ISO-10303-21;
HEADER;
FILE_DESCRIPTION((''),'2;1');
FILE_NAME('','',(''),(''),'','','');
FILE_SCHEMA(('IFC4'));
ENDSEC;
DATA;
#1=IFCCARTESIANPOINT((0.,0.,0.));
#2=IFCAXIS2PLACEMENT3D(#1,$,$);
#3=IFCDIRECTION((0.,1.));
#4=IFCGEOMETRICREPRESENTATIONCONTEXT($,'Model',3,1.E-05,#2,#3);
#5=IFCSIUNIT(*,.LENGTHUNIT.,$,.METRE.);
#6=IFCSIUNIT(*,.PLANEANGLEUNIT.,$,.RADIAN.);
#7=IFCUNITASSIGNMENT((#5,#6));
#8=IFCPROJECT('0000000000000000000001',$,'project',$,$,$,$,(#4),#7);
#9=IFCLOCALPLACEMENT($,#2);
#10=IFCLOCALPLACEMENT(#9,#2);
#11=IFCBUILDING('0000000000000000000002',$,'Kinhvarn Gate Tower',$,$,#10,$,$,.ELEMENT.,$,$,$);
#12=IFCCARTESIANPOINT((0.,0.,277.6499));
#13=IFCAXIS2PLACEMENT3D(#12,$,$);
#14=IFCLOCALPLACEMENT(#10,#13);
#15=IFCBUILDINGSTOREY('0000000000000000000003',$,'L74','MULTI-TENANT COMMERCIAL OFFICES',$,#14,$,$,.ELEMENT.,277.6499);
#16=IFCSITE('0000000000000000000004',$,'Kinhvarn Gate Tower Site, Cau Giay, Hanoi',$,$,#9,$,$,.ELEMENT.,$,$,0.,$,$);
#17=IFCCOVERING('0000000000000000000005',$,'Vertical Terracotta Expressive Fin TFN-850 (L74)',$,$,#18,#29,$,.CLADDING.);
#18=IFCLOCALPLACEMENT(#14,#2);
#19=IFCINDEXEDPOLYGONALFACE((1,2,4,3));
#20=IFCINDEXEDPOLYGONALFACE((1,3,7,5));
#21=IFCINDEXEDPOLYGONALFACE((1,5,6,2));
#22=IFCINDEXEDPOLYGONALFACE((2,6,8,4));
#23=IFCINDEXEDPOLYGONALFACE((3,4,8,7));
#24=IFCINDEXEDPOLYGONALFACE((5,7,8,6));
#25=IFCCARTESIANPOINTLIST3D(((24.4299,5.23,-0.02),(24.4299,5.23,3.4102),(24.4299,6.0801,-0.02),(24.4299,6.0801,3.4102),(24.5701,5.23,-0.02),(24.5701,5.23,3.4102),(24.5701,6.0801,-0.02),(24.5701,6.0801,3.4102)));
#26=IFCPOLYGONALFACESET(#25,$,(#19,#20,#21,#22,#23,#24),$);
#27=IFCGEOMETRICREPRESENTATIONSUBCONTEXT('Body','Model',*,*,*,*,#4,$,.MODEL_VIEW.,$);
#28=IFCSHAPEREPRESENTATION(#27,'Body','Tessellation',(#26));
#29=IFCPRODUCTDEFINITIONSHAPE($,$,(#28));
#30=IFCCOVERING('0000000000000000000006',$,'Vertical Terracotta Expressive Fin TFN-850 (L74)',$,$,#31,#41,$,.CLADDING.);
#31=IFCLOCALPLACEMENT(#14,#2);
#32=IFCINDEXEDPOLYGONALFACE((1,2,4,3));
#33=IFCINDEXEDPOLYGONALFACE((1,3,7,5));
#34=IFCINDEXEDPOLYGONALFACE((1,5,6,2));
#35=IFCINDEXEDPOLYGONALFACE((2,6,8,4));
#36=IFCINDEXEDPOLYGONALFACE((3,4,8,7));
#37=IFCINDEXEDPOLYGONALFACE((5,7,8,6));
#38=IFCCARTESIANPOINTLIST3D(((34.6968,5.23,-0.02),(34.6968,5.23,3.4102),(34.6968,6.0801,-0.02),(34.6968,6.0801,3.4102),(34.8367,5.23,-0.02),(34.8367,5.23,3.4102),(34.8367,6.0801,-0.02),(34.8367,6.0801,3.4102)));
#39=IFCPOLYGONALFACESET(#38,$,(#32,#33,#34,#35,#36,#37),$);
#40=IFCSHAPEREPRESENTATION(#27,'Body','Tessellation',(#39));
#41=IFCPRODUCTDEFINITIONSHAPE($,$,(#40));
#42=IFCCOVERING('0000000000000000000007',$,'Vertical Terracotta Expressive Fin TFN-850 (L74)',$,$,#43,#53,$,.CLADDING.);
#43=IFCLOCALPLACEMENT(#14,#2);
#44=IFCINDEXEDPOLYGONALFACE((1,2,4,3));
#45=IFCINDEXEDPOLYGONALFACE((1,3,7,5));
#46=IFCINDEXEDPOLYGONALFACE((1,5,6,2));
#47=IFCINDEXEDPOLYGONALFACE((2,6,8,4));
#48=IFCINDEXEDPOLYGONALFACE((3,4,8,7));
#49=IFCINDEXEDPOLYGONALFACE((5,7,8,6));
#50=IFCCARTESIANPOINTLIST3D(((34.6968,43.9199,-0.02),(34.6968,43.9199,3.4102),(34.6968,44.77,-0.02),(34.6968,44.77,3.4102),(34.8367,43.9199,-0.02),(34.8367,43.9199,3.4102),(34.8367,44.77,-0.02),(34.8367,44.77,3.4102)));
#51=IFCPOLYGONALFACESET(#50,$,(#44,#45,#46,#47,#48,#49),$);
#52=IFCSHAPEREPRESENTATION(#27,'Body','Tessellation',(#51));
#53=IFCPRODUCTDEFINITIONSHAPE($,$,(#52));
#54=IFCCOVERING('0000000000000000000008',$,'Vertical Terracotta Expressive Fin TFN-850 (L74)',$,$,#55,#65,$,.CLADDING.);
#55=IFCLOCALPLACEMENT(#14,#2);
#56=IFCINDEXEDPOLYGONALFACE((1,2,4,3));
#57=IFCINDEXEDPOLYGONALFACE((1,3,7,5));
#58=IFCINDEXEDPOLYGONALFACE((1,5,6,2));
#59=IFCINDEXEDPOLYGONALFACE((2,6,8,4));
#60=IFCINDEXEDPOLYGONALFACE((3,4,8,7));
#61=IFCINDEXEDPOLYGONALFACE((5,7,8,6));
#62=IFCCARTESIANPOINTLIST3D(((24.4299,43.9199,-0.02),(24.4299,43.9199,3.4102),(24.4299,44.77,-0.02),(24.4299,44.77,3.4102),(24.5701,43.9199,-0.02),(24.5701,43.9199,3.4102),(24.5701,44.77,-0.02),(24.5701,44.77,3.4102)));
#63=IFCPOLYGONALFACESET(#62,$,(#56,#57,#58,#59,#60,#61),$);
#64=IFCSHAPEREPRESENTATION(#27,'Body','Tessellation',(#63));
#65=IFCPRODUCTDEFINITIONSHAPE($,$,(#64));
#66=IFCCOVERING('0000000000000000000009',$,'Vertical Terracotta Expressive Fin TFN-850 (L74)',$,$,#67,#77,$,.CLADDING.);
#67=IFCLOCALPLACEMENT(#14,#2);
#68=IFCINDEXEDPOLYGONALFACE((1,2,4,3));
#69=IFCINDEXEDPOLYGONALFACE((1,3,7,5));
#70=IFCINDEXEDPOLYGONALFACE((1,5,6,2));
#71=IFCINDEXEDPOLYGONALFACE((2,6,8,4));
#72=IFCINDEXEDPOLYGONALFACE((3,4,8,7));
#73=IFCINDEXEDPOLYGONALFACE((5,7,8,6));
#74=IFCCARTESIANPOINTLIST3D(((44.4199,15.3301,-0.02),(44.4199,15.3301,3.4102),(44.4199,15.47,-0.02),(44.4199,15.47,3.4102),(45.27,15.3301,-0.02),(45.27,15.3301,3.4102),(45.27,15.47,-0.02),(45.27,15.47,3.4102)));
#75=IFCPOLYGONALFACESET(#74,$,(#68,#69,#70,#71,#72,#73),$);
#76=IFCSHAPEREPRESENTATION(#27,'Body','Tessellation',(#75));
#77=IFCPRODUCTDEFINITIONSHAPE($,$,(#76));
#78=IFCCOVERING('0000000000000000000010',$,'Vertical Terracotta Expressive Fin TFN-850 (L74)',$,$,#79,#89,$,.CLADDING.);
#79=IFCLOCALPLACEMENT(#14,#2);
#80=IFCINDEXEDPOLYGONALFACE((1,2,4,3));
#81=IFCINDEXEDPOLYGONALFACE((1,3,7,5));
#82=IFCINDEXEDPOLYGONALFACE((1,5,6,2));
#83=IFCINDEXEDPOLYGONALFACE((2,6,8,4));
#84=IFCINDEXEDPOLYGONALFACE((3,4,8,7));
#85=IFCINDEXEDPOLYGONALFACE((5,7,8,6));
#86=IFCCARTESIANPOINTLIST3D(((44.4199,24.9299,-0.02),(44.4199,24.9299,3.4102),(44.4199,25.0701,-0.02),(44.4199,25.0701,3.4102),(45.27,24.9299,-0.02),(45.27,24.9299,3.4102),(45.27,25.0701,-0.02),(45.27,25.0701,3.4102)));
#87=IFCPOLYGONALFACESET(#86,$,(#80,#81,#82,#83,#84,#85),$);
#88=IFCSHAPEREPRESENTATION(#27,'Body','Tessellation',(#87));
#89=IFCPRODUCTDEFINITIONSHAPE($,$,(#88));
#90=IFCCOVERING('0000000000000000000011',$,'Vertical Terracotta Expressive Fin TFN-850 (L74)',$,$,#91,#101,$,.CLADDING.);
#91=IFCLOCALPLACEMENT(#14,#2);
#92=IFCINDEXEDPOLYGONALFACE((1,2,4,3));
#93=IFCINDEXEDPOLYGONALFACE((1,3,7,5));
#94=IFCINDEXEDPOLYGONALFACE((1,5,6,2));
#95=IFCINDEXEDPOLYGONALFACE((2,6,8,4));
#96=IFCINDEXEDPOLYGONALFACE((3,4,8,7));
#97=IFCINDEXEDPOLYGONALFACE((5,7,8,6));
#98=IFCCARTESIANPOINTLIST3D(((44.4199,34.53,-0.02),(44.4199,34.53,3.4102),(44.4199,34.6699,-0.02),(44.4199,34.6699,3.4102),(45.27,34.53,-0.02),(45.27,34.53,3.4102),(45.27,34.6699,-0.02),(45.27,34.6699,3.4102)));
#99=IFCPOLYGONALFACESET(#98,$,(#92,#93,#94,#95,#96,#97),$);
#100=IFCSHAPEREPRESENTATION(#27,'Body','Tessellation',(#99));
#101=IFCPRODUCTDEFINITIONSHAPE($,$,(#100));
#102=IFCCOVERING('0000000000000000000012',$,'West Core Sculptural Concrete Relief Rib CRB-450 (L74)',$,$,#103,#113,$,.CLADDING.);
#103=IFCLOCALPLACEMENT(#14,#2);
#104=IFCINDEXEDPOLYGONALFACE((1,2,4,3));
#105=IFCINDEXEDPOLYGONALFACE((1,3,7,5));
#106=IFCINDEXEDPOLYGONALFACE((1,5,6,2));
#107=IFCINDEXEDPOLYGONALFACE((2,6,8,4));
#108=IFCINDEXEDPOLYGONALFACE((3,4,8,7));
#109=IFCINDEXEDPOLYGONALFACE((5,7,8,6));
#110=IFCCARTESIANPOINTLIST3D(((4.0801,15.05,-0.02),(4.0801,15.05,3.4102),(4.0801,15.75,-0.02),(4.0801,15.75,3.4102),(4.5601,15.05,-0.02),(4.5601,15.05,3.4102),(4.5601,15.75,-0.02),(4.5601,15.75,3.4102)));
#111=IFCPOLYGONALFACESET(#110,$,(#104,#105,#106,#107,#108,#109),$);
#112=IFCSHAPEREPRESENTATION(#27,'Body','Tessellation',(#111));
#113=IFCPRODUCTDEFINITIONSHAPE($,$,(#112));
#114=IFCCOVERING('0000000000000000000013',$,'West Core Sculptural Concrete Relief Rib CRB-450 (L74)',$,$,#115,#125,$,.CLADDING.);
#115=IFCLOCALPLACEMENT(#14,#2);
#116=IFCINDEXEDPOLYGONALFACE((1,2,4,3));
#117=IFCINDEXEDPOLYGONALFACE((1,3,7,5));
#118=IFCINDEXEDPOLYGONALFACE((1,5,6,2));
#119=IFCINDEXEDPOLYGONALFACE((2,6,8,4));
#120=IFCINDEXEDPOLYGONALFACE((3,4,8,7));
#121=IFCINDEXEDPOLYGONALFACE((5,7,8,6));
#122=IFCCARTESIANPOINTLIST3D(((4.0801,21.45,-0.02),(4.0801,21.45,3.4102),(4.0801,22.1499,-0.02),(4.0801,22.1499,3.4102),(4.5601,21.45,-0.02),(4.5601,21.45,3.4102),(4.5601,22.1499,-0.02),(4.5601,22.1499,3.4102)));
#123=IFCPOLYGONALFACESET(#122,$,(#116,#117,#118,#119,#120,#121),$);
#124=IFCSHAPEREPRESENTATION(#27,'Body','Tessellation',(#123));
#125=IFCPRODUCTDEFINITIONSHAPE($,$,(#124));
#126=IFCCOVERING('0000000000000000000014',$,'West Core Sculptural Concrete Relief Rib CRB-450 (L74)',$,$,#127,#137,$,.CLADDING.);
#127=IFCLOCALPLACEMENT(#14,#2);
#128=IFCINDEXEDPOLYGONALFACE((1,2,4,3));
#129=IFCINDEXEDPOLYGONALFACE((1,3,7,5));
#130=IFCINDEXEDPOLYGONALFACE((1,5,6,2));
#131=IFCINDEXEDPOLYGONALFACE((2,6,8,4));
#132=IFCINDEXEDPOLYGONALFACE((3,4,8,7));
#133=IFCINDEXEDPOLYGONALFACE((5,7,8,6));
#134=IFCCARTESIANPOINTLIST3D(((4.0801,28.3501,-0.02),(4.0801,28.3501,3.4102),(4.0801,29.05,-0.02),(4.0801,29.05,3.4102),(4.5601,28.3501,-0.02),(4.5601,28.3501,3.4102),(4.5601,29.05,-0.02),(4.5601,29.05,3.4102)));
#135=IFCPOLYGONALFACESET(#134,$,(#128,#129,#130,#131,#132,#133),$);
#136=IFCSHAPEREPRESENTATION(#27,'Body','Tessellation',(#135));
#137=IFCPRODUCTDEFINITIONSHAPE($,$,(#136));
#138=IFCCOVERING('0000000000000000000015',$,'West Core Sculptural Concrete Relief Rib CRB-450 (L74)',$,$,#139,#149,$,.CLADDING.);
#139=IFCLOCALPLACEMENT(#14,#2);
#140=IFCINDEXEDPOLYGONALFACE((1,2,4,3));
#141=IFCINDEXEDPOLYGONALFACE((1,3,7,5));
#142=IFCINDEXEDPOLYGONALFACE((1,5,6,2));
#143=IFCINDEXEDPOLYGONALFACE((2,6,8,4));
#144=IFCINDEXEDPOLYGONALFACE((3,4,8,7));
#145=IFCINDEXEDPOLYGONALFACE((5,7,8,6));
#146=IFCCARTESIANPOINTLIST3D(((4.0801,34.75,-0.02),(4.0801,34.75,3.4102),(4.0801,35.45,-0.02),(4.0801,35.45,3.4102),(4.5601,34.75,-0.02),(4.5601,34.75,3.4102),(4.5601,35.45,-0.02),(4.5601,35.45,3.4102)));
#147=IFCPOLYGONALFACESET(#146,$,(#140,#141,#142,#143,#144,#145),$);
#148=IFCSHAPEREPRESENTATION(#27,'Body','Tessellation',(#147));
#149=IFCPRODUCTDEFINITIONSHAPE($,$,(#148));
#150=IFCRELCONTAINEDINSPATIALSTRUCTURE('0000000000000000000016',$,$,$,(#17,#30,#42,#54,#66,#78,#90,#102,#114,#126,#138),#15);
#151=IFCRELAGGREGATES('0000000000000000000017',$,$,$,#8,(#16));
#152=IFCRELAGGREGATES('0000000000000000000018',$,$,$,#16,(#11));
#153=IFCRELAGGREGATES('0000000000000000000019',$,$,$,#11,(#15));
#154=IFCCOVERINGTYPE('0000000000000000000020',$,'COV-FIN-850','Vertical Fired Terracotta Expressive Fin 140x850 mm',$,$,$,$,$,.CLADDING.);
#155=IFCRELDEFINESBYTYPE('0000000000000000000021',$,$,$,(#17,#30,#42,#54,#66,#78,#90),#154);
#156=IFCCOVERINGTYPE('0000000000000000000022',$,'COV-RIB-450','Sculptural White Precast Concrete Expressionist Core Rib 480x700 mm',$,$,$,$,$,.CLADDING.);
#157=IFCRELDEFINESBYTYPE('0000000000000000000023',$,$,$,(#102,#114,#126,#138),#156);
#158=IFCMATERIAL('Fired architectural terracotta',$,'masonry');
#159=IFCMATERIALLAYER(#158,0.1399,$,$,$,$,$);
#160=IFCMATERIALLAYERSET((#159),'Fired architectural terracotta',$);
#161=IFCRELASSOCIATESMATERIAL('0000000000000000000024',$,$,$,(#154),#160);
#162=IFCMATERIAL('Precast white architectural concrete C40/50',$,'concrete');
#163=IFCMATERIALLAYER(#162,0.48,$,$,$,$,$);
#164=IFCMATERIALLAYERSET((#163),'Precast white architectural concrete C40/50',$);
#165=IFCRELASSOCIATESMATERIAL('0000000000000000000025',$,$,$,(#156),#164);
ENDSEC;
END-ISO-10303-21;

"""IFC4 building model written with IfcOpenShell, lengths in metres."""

from ifc_helpers import new_model, si_unit, direction, frame, origin, place, context, subcontext, project, spatial, polyline, outline, extrude, material, layer, layer_set, type_object, element, save


model = new_model("IFC4")

# Units and contexts
model_context = context("Model", 3, precision=1e-05, world=origin(), true_north=direction((0.0, 1.0)))
body_context = subcontext(model_context, "Body", "Model", "MODEL_VIEW")
ifc_project = project(units=[si_unit("LENGTHUNIT", "METRE"), si_unit("PLANEANGLEUNIT", "RADIAN")], contexts=[model_context])

# Site, building, storey
site_placement = place(None, origin())
site = spatial("IfcSite", under=ifc_project, at=site_placement, Name="Kinhvarn Gate Tower Site, Cau Giay, Hanoi", CompositionType="ELEMENT", RefElevation=0.0)
building_placement = place(site_placement, origin())
building = spatial("IfcBuilding", under=site, at=building_placement, Name="Kinhvarn Gate Tower", CompositionType="ELEMENT")
storey_placement = place(building_placement, frame((0.0, 0.0, 277.6499)))
storey = spatial("IfcBuildingStorey", under=building, at=storey_placement, Name="L74", Description="MULTI-TENANT COMMERCIAL OFFICES", CompositionType="ELEMENT", Elevation=277.6499)

# Shared definitions
ifc_material_1 = material(Name="Precast white architectural concrete C40/50", Category="concrete")

# Coverings
ifc_material_2 = material(Name="Fired architectural terracotta", Category="masonry")
ifc_layer_1 = layer(ifc_material_2, 0.1399)
ifc_layer_set_1 = layer_set([ifc_layer_1], Name="Fired architectural terracotta")
covering_type_1 = type_object("IfcCoveringType", Name="COV-FIN-850", Description="Vertical Fired Terracotta Expressive Fin 140x850 mm", PredefinedType="CLADDING", material=ifc_layer_set_1)
covering_1_placement = place(storey_placement, frame((0.0, 0.0, -0.02)))
element("IfcCovering", 1, at=covering_1_placement, inside=storey, type_object=covering_type_1, Name="Vertical Terracotta Expressive Fin TFN-850 (L74)", PredefinedType="CLADDING", context=body_context, shape_type="SweptSolid", body=[
    extrude(outline(polyline([(24.4299, 6.0801), (24.5701, 6.0801), (24.5701, 5.23), (24.4299, 5.23), (24.4299, 6.0801)])), origin(), (0.0, 0.0, 1.0), 3.4302),
])
covering_2_placement = place(storey_placement, frame((0.0, 0.0, -0.02)))
element("IfcCovering", 2, at=covering_2_placement, inside=storey, type_object=covering_type_1, Name="Vertical Terracotta Expressive Fin TFN-850 (L74)", PredefinedType="CLADDING", context=body_context, shape_type="SweptSolid", body=[
    extrude(outline(polyline([(34.6968, 6.0801), (34.8367, 6.0801), (34.8367, 5.23), (34.6968, 5.23), (34.6968, 6.0801)])), origin(), (0.0, 0.0, 1.0), 3.4302),
])
covering_3_placement = place(storey_placement, frame((0.0, 0.0, -0.02)))
element("IfcCovering", 3, at=covering_3_placement, inside=storey, type_object=covering_type_1, Name="Vertical Terracotta Expressive Fin TFN-850 (L74)", PredefinedType="CLADDING", context=body_context, shape_type="SweptSolid", body=[
    extrude(outline(polyline([(34.8367, 43.9199), (34.6968, 43.9199), (34.6968, 44.77), (34.8367, 44.77), (34.8367, 43.9199)])), origin(), (0.0, 0.0, 1.0), 3.4302),
])
covering_4_placement = place(storey_placement, frame((0.0, 0.0, -0.02)))
element("IfcCovering", 4, at=covering_4_placement, inside=storey, type_object=covering_type_1, Name="Vertical Terracotta Expressive Fin TFN-850 (L74)", PredefinedType="CLADDING", context=body_context, shape_type="SweptSolid", body=[
    extrude(outline(polyline([(24.5701, 43.9199), (24.4299, 43.9199), (24.4299, 44.77), (24.5701, 44.77), (24.5701, 43.9199)])), origin(), (0.0, 0.0, 1.0), 3.4302),
])
covering_5_placement = place(storey_placement, frame((0.0, 0.0, -0.02)))
element("IfcCovering", 5, at=covering_5_placement, inside=storey, type_object=covering_type_1, Name="Vertical Terracotta Expressive Fin TFN-850 (L74)", PredefinedType="CLADDING", context=body_context, shape_type="SweptSolid", body=[
    extrude(outline(polyline([(44.4199, 15.3301), (44.4199, 15.47), (45.27, 15.47), (45.27, 15.3301), (44.4199, 15.3301)])), origin(), (0.0, 0.0, 1.0), 3.4302),
])
covering_6_placement = place(storey_placement, frame((0.0, 0.0, -0.02)))
element("IfcCovering", 6, at=covering_6_placement, inside=storey, type_object=covering_type_1, Name="Vertical Terracotta Expressive Fin TFN-850 (L74)", PredefinedType="CLADDING", context=body_context, shape_type="SweptSolid", body=[
    extrude(outline(polyline([(44.4199, 24.9299), (44.4199, 25.0701), (45.27, 25.0701), (45.27, 24.9299), (44.4199, 24.9299)])), origin(), (0.0, 0.0, 1.0), 3.4302),
])
covering_7_placement = place(storey_placement, frame((0.0, 0.0, -0.02)))
element("IfcCovering", 7, at=covering_7_placement, inside=storey, type_object=covering_type_1, Name="Vertical Terracotta Expressive Fin TFN-850 (L74)", PredefinedType="CLADDING", context=body_context, shape_type="SweptSolid", body=[
    extrude(outline(polyline([(44.4199, 34.53), (44.4199, 34.6699), (45.27, 34.6699), (45.27, 34.53), (44.4199, 34.53)])), origin(), (0.0, 0.0, 1.0), 3.4302),
])
ifc_layer_2 = layer(ifc_material_1, 0.48)
ifc_layer_set_2 = layer_set([ifc_layer_2], Name="Precast white architectural concrete C40/50")
covering_type_2 = type_object("IfcCoveringType", Name="COV-RIB-450", Description="Sculptural White Precast Concrete Expressionist Core Rib 480x700 mm", PredefinedType="CLADDING", material=ifc_layer_set_2)
covering_8_placement = place(storey_placement, frame((0.0, 0.0, -0.02)))
element("IfcCovering", 8, at=covering_8_placement, inside=storey, type_object=covering_type_2, Name="West Core Sculptural Concrete Relief Rib CRB-450 (L74)", PredefinedType="CLADDING", context=body_context, shape_type="SweptSolid", body=[
    extrude(outline(polyline([(4.0801, 15.05), (4.5601, 15.05), (4.5601, 15.75), (4.0801, 15.75), (4.0801, 15.05)])), origin(), (0.0, 0.0, 1.0), 3.4302),
])
covering_9_placement = place(storey_placement, frame((0.0, 0.0, -0.02)))
element("IfcCovering", 9, at=covering_9_placement, inside=storey, type_object=covering_type_2, Name="West Core Sculptural Concrete Relief Rib CRB-450 (L74)", PredefinedType="CLADDING", context=body_context, shape_type="SweptSolid", body=[
    extrude(outline(polyline([(4.0801, 21.45), (4.5601, 21.45), (4.5601, 22.1499), (4.0801, 22.1499), (4.0801, 21.45)])), origin(), (0.0, 0.0, 1.0), 3.4302),
])
covering_10_placement = place(storey_placement, frame((0.0, 0.0, -0.02)))
element("IfcCovering", 10, at=covering_10_placement, inside=storey, type_object=covering_type_2, Name="West Core Sculptural Concrete Relief Rib CRB-450 (L74)", PredefinedType="CLADDING", context=body_context, shape_type="SweptSolid", body=[
    extrude(outline(polyline([(4.0801, 28.3501), (4.5601, 28.3501), (4.5601, 29.05), (4.0801, 29.05), (4.0801, 28.3501)])), origin(), (0.0, 0.0, 1.0), 3.4302),
])
covering_11_placement = place(storey_placement, frame((0.0, 0.0, -0.02)))
element("IfcCovering", 11, at=covering_11_placement, inside=storey, type_object=covering_type_2, Name="West Core Sculptural Concrete Relief Rib CRB-450 (L74)", PredefinedType="CLADDING", context=body_context, shape_type="SweptSolid", body=[
    extrude(outline(polyline([(4.0801, 34.75), (4.5601, 34.75), (4.5601, 35.45), (4.0801, 35.45), (4.0801, 34.75)])), origin(), (0.0, 0.0, 1.0), 3.4302),
])

save(model, "model.ifc")
